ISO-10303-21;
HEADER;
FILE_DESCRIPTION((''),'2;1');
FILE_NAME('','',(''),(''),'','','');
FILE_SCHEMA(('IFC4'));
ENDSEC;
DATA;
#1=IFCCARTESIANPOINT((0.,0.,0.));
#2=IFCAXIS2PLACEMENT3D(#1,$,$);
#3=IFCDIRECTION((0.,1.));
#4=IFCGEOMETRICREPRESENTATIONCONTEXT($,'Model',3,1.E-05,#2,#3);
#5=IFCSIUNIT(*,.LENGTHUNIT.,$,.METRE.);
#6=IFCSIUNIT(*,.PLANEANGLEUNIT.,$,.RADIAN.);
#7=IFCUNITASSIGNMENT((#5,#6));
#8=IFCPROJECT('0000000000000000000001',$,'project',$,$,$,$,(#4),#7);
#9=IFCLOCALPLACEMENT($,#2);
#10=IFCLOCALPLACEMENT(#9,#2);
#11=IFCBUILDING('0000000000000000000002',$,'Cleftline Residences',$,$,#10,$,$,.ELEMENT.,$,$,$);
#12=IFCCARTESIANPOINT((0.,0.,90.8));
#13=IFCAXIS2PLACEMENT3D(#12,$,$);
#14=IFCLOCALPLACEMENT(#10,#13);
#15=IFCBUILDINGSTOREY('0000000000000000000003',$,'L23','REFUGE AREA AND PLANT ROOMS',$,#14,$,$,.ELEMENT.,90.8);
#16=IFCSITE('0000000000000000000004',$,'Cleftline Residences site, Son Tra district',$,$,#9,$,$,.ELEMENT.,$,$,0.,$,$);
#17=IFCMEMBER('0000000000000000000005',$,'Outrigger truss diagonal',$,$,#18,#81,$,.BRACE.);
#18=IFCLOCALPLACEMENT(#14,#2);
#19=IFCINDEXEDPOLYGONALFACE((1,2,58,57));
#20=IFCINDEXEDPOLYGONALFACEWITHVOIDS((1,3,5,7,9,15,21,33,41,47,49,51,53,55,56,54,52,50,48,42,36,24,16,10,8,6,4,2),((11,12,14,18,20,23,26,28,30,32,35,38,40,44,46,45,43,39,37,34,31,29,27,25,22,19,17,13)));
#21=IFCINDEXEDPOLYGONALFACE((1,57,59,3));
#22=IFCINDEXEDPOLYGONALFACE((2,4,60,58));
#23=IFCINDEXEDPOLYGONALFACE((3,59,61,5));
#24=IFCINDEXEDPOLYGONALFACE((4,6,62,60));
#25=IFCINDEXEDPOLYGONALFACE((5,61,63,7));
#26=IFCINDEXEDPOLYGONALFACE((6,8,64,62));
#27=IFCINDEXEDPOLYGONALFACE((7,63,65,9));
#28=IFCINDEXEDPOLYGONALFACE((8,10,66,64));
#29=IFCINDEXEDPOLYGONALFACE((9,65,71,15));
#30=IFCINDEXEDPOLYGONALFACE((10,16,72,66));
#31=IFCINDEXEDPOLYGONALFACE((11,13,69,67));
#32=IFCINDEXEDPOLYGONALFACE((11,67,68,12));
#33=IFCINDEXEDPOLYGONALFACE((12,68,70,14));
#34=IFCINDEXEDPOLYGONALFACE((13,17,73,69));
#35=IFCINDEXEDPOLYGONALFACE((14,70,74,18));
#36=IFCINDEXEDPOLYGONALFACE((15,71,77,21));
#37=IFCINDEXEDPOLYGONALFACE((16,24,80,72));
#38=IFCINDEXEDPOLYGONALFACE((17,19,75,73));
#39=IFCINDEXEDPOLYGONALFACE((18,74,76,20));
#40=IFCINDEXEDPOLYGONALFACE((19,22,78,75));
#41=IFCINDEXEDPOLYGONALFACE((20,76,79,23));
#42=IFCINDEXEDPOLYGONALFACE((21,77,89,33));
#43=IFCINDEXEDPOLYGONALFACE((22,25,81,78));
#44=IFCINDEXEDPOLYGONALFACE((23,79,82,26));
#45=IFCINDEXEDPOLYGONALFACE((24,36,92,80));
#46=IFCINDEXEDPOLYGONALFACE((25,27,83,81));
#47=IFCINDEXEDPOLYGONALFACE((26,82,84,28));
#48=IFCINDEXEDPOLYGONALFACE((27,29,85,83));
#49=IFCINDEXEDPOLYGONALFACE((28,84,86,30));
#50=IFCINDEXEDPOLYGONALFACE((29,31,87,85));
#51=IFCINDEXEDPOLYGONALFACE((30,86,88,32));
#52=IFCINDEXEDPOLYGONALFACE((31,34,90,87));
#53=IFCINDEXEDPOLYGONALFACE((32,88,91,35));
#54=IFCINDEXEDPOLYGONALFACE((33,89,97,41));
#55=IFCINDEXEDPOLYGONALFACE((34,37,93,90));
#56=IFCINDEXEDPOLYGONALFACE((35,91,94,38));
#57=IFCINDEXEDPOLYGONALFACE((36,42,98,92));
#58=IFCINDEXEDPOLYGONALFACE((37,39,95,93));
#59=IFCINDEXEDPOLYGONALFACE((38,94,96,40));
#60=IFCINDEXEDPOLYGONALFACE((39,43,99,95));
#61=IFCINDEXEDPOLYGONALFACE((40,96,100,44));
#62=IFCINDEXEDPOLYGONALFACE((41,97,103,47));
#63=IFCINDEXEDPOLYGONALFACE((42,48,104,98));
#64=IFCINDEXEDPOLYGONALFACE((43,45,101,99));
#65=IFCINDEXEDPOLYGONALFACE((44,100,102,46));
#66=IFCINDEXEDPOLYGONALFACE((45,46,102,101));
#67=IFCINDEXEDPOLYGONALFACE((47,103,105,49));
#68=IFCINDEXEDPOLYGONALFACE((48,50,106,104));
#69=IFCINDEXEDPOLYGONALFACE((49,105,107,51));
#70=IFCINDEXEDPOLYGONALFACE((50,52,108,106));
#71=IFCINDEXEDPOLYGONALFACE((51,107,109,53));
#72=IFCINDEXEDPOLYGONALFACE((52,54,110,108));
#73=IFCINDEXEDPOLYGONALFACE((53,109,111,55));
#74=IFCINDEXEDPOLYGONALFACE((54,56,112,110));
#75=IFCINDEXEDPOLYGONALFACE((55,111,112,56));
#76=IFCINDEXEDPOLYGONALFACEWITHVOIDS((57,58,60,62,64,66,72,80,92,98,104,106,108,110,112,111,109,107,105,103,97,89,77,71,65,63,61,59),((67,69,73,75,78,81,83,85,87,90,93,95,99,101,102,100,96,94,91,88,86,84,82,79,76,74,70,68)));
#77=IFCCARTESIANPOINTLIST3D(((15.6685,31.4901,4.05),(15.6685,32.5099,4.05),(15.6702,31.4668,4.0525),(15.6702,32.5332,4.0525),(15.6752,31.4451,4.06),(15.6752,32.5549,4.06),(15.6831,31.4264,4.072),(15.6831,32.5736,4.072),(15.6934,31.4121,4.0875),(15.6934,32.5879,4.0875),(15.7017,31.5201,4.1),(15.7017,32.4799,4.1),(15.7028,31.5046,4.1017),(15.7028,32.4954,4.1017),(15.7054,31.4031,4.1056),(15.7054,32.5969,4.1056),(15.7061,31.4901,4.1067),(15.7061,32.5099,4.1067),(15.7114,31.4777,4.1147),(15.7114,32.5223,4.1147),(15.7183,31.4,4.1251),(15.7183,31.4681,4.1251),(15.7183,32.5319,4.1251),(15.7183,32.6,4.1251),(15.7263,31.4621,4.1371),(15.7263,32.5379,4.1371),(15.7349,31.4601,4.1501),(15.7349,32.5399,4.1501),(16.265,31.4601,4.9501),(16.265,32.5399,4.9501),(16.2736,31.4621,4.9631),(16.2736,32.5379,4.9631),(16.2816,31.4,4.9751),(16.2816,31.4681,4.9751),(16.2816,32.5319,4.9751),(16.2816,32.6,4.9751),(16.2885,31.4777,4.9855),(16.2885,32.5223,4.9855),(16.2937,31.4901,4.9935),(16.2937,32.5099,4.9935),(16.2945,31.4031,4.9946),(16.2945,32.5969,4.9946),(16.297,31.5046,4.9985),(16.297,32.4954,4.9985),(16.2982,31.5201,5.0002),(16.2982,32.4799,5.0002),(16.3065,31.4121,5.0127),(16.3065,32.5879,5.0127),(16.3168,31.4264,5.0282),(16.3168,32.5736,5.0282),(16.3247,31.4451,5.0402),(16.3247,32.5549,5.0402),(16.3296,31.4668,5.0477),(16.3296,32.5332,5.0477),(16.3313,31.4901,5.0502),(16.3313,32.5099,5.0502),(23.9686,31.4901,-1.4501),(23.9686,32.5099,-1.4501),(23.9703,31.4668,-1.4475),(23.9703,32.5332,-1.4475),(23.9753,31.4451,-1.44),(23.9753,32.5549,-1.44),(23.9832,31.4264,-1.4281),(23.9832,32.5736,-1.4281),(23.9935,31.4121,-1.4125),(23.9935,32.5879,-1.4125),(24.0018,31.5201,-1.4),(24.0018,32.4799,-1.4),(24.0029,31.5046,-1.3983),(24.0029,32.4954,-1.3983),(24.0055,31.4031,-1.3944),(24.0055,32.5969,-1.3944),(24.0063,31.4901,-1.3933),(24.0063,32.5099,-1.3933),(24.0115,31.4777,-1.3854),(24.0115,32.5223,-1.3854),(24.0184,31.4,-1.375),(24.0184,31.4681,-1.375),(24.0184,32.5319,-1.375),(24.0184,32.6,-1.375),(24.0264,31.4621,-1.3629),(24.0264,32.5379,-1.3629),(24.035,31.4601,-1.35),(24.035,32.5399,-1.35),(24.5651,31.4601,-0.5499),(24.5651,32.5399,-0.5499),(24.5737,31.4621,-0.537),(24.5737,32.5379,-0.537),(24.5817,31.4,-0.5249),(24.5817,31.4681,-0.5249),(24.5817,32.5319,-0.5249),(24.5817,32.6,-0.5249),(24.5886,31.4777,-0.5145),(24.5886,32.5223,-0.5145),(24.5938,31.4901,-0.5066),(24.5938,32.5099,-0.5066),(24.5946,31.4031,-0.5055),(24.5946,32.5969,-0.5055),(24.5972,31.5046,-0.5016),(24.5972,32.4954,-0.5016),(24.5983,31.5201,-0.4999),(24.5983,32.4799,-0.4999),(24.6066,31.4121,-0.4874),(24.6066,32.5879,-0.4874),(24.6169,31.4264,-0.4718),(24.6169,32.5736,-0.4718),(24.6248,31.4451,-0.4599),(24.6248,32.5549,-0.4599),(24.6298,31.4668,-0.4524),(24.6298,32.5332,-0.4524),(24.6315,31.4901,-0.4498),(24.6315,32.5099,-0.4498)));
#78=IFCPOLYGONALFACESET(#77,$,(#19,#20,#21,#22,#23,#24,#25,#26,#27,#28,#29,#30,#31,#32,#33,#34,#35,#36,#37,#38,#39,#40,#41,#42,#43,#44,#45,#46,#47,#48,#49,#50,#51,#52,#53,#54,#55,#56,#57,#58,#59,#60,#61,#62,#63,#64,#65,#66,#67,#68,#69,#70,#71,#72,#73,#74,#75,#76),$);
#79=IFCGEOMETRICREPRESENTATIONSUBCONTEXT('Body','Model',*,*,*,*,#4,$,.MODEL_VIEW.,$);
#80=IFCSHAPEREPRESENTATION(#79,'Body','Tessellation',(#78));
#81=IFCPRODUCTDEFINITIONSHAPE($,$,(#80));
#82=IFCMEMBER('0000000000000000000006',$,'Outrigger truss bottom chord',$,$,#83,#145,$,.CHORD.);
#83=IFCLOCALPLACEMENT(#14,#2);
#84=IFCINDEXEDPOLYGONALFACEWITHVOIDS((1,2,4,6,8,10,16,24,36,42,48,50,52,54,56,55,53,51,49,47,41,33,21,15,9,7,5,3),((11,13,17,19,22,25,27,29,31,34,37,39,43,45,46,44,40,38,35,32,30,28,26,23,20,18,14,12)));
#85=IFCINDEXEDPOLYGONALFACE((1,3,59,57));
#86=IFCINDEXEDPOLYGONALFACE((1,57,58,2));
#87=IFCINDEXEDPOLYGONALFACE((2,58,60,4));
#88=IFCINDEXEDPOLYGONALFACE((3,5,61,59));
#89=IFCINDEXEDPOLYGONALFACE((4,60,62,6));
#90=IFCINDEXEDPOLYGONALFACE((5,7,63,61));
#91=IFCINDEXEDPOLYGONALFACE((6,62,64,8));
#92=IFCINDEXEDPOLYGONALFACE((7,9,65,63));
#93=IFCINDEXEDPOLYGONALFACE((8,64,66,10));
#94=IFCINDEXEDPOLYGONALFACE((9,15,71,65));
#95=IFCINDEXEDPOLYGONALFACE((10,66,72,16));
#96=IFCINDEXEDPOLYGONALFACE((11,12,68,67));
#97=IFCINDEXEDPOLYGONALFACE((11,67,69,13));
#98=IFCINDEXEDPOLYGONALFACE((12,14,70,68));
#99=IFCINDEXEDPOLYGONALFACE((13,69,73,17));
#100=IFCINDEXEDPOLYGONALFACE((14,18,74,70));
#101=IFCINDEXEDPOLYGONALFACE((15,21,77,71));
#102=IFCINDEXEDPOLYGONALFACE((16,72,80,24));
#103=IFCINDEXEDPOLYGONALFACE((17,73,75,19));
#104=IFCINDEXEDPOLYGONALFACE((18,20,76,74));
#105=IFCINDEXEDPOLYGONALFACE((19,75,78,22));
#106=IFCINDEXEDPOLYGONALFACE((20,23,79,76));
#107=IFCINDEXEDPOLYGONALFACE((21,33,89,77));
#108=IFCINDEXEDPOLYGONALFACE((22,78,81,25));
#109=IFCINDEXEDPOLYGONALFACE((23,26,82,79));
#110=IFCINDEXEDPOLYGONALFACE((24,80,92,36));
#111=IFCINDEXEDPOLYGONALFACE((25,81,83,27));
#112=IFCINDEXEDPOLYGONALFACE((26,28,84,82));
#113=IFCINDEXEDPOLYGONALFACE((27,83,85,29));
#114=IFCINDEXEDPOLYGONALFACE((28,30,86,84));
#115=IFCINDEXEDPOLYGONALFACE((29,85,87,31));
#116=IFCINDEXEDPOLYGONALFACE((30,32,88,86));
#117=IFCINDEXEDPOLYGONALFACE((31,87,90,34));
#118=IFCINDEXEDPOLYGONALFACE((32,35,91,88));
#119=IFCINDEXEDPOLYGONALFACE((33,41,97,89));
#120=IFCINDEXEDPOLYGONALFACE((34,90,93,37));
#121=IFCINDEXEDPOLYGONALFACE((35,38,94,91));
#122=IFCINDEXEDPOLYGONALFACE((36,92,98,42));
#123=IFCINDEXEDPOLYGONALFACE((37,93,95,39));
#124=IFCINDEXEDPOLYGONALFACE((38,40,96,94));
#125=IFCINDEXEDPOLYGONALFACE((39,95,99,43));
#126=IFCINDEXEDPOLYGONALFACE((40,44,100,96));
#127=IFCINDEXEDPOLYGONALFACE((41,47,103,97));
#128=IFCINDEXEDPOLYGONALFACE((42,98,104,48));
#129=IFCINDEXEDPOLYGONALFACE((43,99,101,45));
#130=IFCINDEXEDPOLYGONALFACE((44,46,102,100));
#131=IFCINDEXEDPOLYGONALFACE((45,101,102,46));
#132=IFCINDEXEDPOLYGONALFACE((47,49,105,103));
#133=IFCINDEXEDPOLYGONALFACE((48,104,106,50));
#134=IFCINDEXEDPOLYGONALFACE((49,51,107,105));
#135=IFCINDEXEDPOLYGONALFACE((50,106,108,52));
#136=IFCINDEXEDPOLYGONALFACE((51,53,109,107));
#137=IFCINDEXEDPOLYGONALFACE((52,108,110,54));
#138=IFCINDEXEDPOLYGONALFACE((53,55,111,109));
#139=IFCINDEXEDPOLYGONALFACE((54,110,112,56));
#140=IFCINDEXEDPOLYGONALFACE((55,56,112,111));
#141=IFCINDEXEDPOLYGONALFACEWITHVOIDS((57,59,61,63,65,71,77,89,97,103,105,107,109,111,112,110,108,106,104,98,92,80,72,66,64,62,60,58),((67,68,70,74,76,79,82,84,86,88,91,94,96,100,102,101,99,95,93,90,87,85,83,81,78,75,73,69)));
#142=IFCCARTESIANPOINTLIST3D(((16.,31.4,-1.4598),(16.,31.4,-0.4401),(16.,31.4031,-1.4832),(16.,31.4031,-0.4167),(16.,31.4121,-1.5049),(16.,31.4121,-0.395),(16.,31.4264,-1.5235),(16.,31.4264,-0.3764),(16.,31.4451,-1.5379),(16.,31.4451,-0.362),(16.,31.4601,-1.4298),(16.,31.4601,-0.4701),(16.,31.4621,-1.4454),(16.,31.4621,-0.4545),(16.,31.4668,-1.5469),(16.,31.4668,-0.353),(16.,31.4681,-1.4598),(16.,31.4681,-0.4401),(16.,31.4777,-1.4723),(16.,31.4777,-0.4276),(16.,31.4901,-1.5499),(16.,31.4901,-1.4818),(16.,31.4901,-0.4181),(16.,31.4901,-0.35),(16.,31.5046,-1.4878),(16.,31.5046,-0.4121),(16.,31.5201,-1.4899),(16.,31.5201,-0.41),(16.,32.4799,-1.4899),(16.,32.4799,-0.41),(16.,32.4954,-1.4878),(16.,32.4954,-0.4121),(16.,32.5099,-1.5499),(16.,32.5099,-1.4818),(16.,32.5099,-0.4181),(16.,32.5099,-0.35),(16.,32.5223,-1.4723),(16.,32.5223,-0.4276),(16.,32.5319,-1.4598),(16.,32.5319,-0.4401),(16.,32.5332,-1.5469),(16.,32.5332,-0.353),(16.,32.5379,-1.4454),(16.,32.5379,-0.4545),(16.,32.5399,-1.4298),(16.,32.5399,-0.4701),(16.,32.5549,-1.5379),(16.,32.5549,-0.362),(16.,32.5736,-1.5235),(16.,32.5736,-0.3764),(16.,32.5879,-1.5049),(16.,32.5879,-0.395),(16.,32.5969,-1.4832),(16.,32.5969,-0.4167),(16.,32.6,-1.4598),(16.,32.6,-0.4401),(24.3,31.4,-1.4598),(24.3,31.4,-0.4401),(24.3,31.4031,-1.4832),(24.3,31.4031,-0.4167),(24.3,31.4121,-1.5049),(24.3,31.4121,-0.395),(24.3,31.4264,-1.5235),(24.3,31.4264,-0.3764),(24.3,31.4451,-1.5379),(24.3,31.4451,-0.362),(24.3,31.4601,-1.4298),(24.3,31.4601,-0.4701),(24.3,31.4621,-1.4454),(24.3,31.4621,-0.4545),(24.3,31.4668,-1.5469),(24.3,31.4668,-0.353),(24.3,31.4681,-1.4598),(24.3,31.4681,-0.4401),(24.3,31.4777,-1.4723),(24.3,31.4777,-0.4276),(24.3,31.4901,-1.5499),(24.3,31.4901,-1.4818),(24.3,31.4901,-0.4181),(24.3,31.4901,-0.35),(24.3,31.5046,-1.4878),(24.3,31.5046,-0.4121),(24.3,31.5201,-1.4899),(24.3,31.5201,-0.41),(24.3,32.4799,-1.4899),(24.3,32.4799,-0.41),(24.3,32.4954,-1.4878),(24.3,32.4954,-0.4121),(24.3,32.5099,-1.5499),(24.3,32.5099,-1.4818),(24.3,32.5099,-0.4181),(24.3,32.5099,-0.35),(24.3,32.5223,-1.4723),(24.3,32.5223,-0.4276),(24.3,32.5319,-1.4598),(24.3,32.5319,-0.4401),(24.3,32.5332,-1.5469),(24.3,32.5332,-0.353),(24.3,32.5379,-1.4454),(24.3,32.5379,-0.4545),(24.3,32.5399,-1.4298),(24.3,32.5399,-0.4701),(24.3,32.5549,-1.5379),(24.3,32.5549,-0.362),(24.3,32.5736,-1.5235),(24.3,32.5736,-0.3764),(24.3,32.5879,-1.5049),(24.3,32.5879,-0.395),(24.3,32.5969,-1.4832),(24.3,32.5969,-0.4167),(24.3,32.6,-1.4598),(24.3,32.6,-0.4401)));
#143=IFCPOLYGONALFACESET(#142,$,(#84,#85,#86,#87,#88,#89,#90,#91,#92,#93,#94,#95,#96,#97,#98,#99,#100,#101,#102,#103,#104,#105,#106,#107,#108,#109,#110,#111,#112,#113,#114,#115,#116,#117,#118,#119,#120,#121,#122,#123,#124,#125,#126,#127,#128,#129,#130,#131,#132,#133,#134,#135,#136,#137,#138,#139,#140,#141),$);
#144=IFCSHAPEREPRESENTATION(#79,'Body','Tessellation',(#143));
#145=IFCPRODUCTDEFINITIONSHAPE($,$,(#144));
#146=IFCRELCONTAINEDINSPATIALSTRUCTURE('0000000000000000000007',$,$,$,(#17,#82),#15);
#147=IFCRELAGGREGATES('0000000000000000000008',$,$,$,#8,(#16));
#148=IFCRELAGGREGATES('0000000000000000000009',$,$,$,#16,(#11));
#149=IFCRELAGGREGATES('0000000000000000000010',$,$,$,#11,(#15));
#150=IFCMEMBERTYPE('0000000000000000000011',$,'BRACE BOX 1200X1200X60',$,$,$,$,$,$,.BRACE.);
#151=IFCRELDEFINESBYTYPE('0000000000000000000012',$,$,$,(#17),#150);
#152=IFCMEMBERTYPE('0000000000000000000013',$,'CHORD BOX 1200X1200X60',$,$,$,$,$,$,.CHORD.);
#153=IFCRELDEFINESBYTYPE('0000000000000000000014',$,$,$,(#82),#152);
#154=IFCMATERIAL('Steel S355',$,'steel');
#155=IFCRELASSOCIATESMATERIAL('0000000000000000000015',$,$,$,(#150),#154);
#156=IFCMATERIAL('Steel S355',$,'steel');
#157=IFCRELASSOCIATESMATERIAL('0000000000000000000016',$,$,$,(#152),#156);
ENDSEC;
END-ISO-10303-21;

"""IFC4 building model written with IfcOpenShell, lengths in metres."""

from ifc_helpers import new_model, si_unit, direction, frame, origin, origin_2d, place, context, subcontext, project, spatial, hollow_rectangle, extrude, material, material_profile, profile_set, type_object, element, save


model = new_model("IFC4")

# Units and contexts
model_context = context("Model", 3, precision=1e-05, world=origin(), true_north=direction((0.0, 1.0)))
body_context = subcontext(model_context, "Body", "Model", "MODEL_VIEW")
ifc_project = project(units=[si_unit("LENGTHUNIT", "METRE"), si_unit("PLANEANGLEUNIT", "RADIAN")], contexts=[model_context])

# Site, building, storey
site_placement = place(None, origin())
site = spatial("IfcSite", under=ifc_project, at=site_placement, Name="Cleftline Residences site, Son Tra district", CompositionType="ELEMENT", RefElevation=0.0)
building_placement = place(site_placement, origin())
building = spatial("IfcBuilding", under=site, at=building_placement, Name="Cleftline Residences", CompositionType="ELEMENT")
storey_placement = place(building_placement, frame((0.0, 0.0, 90.8)))
storey = spatial("IfcBuildingStorey", under=building, at=storey_placement, Name="L23", Description="REFUGE AREA AND PLANT ROOMS", CompositionType="ELEMENT", Elevation=90.8)

# Members
ifc_material_1 = material(Name="Steel S355", Category="steel")
ifc_material_profile_1 = material_profile(ifc_material_1, hollow_rectangle(XDim=1.2, YDim=1.2, WallThickness=0.0601, InnerFilletRadius=0.0601, OuterFilletRadius=0.0901, at=origin_2d()))
ifc_profile_set_1 = profile_set([ifc_material_profile_1], Name="Steel S355")
member_type_1 = type_object("IfcMemberType", Name="BRACE BOX 1200X1200X60", PredefinedType="BRACE", material=ifc_profile_set_1)
member_1_placement = place(storey_placement, frame((24.3, 32.0, -0.95), z_axis=(-0.833594, 0.0, 0.552378), x_axis=(0.552378, 0.0, 0.833594)))
element("IfcMember", 1, at=member_1_placement, inside=storey, type_object=member_type_1, Name="Outrigger truss diagonal", PredefinedType="BRACE", context=body_context, shape_type="SweptSolid", body=[
    extrude(hollow_rectangle(XDim=1.2, YDim=1.2, WallThickness=0.0601, InnerFilletRadius=0.0601, OuterFilletRadius=0.0901, at=origin_2d()), origin(), (0.0, 0.0, 1.0), 9.957),
])
ifc_material_2 = material(Name="Steel S355", Category="steel")
ifc_material_profile_2 = material_profile(ifc_material_2, hollow_rectangle(XDim=1.2, YDim=1.2, WallThickness=0.0601, InnerFilletRadius=0.0601, OuterFilletRadius=0.0901, at=origin_2d()))
ifc_profile_set_2 = profile_set([ifc_material_profile_2], Name="Steel S355")
member_type_2 = type_object("IfcMemberType", Name="CHORD BOX 1200X1200X60", PredefinedType="CHORD", material=ifc_profile_set_2)
for number, where, z_axis, x_axis, name in (
    (2, (24.3, 32.0, -0.95), (-1.0, 0.0, 0.0), (0.0, -1.0, 0.0), "Outrigger truss bottom chord"),
):
    element("IfcMember", number, at=place(storey_placement, frame(where, z_axis=z_axis, x_axis=x_axis)), inside=storey, type_object=member_type_2, Name=name, PredefinedType="CHORD", context=body_context, shape_type="SweptSolid", body=[
        extrude(hollow_rectangle(XDim=1.2, YDim=1.2, WallThickness=0.0601, InnerFilletRadius=0.0601, OuterFilletRadius=0.0901, at=origin_2d()), origin(), (0.0, 0.0, 1.0), 8.3),
    ])

save(model, "model.ifc")
